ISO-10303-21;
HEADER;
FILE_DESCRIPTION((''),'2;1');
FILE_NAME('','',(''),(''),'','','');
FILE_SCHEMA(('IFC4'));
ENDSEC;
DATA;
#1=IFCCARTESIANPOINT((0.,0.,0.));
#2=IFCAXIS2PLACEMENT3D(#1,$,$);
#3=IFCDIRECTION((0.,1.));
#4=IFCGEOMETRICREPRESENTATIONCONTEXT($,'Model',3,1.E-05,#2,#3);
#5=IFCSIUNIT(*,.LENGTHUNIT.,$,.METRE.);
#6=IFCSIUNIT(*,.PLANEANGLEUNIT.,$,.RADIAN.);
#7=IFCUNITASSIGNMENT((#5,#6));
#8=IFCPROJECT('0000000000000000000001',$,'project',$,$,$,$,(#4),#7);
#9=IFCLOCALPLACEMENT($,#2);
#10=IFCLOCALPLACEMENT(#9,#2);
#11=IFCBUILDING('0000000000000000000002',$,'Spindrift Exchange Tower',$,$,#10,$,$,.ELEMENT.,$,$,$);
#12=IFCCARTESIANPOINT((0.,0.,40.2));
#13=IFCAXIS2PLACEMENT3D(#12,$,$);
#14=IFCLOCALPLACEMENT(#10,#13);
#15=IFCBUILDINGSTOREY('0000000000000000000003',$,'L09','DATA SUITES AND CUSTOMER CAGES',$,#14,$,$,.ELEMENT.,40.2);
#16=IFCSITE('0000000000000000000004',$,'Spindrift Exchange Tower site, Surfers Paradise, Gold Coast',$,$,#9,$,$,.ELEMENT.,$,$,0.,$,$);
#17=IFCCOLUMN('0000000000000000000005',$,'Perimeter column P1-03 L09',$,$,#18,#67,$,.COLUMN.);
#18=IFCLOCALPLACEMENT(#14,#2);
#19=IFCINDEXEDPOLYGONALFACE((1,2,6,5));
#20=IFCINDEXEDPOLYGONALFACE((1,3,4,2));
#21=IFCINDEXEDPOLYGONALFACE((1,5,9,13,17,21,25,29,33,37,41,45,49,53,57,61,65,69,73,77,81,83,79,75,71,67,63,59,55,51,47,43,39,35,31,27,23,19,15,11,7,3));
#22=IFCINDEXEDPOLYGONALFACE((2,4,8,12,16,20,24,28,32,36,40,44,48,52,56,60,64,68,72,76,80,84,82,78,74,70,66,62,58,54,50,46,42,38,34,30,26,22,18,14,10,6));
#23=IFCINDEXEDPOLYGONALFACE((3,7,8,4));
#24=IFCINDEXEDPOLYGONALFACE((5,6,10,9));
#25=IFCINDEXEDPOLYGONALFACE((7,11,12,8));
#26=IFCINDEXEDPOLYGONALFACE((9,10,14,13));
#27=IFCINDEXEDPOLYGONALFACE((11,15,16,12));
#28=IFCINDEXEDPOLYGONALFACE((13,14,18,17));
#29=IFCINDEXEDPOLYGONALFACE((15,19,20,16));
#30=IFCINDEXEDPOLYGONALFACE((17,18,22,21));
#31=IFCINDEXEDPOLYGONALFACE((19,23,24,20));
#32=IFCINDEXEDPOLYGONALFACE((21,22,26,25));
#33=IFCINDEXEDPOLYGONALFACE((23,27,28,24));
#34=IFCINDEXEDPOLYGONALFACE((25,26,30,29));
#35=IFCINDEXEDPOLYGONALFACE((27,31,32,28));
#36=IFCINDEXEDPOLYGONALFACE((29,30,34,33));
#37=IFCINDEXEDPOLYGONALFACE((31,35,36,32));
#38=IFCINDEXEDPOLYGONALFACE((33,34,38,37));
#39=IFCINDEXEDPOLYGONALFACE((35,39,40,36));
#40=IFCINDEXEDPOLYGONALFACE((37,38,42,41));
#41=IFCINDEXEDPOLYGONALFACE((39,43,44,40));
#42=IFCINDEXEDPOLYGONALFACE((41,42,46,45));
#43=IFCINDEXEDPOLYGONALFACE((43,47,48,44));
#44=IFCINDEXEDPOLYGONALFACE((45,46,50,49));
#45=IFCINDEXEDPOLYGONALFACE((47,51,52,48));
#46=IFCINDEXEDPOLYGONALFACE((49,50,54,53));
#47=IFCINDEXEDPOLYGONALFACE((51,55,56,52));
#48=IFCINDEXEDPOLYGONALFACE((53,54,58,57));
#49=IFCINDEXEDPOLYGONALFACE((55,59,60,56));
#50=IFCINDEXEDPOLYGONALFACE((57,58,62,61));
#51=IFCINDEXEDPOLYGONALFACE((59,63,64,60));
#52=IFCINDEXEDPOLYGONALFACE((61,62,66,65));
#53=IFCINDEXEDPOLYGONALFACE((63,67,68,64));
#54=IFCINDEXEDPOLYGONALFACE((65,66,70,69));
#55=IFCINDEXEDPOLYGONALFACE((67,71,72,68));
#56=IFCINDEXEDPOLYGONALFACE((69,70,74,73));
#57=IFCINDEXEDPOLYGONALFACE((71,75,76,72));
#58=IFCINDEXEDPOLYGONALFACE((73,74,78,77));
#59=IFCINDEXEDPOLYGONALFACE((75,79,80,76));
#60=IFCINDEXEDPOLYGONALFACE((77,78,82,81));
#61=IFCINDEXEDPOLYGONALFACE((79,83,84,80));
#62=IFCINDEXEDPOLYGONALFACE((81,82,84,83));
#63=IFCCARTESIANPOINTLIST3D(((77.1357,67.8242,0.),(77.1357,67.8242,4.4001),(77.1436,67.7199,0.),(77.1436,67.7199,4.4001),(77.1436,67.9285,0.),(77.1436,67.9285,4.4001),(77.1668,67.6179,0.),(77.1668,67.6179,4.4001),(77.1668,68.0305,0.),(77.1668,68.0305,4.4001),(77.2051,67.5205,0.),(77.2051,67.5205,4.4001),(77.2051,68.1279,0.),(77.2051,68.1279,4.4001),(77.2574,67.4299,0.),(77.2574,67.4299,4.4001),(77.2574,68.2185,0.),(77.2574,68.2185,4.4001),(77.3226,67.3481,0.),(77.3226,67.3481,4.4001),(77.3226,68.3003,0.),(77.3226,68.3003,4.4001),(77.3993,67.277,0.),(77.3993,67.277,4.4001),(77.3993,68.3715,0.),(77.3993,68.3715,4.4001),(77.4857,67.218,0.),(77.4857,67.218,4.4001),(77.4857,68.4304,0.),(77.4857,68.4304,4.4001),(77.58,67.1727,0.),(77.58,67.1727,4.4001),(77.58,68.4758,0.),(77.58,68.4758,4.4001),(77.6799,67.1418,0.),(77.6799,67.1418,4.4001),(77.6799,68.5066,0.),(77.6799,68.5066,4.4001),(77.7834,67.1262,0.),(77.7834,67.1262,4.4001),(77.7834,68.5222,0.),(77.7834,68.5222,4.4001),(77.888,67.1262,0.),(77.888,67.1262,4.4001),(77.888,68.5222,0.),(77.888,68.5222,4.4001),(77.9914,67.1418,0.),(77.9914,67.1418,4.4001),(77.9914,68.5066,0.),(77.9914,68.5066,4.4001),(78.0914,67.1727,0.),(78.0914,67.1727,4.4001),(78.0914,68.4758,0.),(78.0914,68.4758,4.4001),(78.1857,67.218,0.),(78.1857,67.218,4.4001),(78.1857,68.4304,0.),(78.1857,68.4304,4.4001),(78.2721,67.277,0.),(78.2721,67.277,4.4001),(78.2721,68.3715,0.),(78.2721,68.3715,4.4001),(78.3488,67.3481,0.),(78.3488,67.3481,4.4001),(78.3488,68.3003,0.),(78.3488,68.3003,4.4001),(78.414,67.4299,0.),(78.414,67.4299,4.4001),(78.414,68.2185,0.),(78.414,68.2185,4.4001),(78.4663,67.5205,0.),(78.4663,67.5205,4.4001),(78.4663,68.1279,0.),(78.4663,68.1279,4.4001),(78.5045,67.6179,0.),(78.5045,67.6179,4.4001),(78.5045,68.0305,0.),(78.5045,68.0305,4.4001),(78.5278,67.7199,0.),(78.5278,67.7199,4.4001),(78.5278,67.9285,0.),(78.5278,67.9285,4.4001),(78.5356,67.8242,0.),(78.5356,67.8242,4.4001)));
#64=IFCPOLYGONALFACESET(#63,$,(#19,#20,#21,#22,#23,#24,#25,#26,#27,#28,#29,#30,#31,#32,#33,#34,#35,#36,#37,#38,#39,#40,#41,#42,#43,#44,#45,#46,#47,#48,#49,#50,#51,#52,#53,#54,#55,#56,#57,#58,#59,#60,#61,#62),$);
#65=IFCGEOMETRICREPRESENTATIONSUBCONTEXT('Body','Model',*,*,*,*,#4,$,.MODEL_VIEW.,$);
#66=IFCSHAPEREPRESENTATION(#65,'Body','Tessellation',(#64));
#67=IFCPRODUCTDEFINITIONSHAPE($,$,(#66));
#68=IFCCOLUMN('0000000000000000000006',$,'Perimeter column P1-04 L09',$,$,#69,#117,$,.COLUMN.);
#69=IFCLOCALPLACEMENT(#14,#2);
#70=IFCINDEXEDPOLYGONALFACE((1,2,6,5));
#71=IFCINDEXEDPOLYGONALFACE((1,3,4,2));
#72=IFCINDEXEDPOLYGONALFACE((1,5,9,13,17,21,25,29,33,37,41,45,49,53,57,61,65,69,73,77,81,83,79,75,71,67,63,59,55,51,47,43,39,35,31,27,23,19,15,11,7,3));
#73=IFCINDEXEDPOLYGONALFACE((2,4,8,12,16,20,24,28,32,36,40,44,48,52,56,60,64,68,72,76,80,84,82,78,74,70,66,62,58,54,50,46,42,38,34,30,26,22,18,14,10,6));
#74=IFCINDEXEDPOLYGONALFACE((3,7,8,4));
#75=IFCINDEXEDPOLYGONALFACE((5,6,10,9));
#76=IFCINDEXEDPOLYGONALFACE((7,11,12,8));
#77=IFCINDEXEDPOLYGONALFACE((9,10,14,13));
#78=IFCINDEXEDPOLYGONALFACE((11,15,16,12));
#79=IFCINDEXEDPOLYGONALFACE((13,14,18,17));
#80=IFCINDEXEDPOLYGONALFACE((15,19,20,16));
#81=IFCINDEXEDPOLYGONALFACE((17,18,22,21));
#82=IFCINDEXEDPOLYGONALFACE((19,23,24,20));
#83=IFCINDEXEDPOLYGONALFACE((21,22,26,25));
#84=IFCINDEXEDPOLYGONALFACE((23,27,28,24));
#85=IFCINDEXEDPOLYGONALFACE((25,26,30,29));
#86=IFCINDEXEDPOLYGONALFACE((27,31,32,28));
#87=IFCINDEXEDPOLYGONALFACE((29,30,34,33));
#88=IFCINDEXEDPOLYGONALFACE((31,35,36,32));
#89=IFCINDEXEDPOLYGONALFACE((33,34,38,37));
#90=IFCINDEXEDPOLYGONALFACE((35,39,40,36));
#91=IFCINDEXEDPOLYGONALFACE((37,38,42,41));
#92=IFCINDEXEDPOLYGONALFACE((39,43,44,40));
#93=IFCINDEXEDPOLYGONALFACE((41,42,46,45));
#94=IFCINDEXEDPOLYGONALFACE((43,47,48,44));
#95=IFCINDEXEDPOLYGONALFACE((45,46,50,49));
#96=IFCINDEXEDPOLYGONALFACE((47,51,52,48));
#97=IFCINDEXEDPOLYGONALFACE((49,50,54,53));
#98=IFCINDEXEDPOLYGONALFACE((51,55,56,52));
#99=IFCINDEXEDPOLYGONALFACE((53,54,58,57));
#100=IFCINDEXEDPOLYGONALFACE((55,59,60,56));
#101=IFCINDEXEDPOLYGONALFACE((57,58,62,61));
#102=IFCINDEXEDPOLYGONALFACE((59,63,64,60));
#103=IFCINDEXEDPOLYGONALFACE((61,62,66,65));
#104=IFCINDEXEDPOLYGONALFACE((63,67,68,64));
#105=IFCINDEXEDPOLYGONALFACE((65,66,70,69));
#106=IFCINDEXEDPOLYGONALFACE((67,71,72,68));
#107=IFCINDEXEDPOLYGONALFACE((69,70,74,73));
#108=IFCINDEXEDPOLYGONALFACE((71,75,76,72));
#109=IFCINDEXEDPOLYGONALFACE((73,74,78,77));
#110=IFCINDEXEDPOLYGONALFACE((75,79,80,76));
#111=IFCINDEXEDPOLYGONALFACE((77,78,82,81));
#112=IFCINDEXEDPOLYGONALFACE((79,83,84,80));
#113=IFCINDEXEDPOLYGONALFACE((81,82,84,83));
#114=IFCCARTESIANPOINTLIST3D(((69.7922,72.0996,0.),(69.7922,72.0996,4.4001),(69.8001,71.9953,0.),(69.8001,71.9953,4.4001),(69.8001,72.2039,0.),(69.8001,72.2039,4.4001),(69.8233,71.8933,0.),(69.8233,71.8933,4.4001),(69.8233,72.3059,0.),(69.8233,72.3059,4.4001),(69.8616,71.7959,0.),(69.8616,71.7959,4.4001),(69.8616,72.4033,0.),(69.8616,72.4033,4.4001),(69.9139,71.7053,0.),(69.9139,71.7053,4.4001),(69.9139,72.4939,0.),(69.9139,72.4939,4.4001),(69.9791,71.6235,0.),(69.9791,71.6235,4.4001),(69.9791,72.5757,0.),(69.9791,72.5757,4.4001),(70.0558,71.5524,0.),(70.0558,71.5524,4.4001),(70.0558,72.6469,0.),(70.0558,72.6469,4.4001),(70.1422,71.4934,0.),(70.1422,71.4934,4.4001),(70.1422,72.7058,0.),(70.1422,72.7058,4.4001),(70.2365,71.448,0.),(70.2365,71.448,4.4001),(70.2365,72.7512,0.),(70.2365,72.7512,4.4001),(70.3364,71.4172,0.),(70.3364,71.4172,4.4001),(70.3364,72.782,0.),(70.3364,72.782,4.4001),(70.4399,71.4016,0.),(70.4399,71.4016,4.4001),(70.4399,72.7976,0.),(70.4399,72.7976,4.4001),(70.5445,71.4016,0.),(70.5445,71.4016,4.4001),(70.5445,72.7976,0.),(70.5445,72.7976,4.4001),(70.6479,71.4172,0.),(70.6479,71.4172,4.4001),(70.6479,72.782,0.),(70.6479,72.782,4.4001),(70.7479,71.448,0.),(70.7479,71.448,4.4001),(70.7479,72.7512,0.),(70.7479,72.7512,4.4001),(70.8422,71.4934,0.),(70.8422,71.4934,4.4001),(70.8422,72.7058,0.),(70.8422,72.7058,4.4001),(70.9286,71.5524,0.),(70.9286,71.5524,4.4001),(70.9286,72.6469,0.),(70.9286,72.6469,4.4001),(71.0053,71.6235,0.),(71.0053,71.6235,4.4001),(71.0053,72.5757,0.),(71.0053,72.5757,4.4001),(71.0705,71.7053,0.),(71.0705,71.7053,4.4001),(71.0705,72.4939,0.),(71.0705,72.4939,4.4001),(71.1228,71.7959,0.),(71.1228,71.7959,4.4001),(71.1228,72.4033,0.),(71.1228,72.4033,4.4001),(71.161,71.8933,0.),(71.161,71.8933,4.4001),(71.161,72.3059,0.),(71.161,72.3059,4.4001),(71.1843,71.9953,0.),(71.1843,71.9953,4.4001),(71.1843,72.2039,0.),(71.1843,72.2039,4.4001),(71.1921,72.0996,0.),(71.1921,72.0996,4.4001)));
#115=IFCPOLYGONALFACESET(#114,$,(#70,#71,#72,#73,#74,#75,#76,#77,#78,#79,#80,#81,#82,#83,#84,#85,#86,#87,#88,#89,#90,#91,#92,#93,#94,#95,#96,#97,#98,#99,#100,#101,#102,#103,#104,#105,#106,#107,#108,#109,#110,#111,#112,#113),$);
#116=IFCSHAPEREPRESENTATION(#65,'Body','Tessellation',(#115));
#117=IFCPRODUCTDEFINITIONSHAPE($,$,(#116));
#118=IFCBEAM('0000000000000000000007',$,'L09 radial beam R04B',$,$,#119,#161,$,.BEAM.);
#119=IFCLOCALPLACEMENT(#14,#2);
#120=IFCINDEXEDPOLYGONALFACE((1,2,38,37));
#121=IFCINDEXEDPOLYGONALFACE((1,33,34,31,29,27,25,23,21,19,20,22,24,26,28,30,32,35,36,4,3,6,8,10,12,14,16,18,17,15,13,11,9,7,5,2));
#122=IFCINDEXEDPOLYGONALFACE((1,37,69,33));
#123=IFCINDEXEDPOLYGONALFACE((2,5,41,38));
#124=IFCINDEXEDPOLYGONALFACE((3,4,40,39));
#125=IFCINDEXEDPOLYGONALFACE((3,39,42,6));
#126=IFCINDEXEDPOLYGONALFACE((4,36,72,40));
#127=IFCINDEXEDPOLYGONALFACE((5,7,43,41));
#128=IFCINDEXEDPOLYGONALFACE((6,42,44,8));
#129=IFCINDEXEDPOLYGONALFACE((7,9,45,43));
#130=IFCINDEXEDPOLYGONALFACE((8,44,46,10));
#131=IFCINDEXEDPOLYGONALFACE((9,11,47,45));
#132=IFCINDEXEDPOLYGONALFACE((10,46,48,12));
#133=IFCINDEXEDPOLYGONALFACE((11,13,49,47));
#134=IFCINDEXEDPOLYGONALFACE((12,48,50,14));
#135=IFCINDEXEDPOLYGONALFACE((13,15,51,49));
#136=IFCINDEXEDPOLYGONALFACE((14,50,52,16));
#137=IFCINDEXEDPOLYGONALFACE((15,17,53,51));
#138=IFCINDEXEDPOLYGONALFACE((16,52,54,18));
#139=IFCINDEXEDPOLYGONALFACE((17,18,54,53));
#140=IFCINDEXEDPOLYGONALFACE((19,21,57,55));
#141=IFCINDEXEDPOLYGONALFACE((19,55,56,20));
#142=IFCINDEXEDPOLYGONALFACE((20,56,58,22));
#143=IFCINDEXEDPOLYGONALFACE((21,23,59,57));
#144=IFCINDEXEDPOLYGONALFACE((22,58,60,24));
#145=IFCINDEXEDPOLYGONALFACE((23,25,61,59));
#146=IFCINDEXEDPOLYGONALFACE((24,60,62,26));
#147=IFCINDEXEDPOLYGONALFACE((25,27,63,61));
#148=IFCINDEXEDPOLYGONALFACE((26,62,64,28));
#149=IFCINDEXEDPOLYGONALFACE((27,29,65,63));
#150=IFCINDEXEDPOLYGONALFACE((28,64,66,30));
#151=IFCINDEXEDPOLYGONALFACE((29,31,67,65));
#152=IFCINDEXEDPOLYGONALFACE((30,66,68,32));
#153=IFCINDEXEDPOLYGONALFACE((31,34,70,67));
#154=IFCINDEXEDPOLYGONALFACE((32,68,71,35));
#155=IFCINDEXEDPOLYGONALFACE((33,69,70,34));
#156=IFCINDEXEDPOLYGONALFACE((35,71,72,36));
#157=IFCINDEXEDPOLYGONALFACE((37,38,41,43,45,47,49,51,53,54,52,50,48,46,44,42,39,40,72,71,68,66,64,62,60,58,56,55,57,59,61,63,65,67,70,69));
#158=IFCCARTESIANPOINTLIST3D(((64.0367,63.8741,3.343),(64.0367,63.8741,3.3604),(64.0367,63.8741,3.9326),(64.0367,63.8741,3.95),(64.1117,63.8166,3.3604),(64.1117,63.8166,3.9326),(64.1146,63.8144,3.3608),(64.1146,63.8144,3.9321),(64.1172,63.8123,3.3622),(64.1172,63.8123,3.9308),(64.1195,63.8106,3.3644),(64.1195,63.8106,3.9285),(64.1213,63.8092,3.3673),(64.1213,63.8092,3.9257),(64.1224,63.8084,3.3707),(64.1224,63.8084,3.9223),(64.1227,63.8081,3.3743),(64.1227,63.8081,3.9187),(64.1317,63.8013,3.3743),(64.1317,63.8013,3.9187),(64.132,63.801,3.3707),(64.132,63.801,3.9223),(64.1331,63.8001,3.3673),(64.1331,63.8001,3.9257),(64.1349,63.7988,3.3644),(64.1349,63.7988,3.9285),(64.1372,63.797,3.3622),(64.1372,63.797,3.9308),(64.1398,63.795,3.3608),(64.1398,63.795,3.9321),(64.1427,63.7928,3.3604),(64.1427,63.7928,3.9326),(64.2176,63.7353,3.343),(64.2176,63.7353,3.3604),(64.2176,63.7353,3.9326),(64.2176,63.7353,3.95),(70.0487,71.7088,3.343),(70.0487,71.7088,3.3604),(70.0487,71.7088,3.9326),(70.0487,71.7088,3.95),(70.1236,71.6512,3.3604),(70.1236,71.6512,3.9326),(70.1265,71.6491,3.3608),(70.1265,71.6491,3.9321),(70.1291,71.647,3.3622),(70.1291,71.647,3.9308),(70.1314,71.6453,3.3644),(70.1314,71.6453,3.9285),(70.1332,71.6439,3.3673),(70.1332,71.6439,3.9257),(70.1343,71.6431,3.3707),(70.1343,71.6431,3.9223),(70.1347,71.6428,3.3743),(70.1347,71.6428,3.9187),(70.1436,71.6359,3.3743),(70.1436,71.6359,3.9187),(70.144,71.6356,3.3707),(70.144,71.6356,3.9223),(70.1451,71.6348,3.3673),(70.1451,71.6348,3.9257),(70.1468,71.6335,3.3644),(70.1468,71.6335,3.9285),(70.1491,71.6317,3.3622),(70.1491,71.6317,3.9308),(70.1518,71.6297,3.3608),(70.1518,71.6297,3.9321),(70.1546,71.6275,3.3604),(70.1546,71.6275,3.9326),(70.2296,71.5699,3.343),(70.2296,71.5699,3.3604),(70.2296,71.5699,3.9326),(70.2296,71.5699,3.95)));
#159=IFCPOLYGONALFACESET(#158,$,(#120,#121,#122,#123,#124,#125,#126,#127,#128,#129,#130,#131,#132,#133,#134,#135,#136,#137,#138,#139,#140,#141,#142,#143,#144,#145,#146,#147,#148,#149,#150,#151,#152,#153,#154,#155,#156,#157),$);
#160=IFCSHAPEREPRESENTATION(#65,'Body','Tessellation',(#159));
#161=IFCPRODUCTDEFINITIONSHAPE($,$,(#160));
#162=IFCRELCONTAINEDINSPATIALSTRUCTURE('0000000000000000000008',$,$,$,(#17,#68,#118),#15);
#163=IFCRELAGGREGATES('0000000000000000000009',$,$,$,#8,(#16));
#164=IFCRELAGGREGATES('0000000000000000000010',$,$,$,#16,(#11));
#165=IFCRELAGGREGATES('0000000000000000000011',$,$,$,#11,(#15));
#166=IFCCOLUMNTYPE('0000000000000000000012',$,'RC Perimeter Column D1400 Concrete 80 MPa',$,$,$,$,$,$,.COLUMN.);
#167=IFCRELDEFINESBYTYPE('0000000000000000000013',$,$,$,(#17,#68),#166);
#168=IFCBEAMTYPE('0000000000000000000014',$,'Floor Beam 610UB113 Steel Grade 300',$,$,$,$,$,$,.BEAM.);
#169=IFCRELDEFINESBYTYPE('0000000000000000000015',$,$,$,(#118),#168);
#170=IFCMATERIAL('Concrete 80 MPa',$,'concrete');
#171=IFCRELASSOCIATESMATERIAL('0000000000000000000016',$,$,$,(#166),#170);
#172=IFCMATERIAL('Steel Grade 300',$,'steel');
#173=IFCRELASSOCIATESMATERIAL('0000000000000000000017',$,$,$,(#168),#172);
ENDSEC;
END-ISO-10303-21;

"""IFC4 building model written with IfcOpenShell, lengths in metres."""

from ifc_helpers import new_model, si_unit, direction, frame, origin, origin_2d, place, context, subcontext, project, spatial, circle, i_section, extrude, source, transform, mapped, material, material_profile, profile_set, type_object, element, save


model = new_model("IFC4")

# Units and contexts
model_context = context("Model", 3, precision=1e-05, world=origin(), true_north=direction((0.0, 1.0)))
body_context = subcontext(model_context, "Body", "Model", "MODEL_VIEW")
ifc_project = project(units=[si_unit("LENGTHUNIT", "METRE"), si_unit("PLANEANGLEUNIT", "RADIAN")], contexts=[model_context])

# Site, building, storey
site_placement = place(None, origin())
site = spatial("IfcSite", under=ifc_project, at=site_placement, Name="Spindrift Exchange Tower site, Surfers Paradise, Gold Coast", CompositionType="ELEMENT", RefElevation=0.0)
building_placement = place(site_placement, origin())
building = spatial("IfcBuilding", under=site, at=building_placement, Name="Spindrift Exchange Tower", CompositionType="ELEMENT")
storey_placement = place(building_placement, frame((0.0, 0.0, 40.2)))
storey = spatial("IfcBuildingStorey", under=building, at=storey_placement, Name="L09", Description="DATA SUITES AND CUSTOMER CAGES", CompositionType="ELEMENT", Elevation=40.2)

# Columns
ifc_material_1 = material(Name="Concrete 80 MPa", Category="concrete")
ifc_material_profile_1 = material_profile(ifc_material_1, circle(Radius=0.7, at=origin_2d()), Name="RC D1400")
ifc_profile_set_1 = profile_set([ifc_material_profile_1], Name="Concrete 80 MPa")
column_type = type_object("IfcColumnType", Name="RC Perimeter Column D1400 Concrete 80 MPa", PredefinedType="COLUMN", material=ifc_profile_set_1)
shared_shape_1 = source(origin(), body_context, "Body", "SweptSolid", [
    extrude(circle(Radius=0.7, at=origin_2d()), origin(), (0.0, 0.0, 1.0), 4.4001),
])
for number, where, z_axis, x_axis, name in (
    (1, (77.8357, 67.8242, 0.0), (0.0, 0.0, 1.0), (1.0, 0.0, 0.0), "Perimeter column P1-03 L09"),
    (2, (70.4922, 72.0996, 0.0), (0.0, 0.0, 1.0), (1.0, 0.0, 0.0), "Perimeter column P1-04 L09"),
):
    element("IfcColumn", number, at=place(storey_placement, frame(where, z_axis=z_axis, x_axis=x_axis)), inside=storey, type_object=column_type, Name=name, PredefinedType="COLUMN", context=body_context, shape_type="MappedRepresentation", body=[
        mapped(shared_shape_1, transform((0.0, 0.0, 0.0), scale=1.0)),
    ])

# Beam
ifc_material_2 = material(Name="Steel Grade 300", Category="steel")
ifc_material_profile_2 = material_profile(ifc_material_2, i_section(OverallWidth=0.228, OverallDepth=0.6069, WebThickness=0.0112, FlangeThickness=0.0173, FilletRadius=0.0139, at=origin_2d()), Name="610UB113")
ifc_profile_set_2 = profile_set([ifc_material_profile_2], Name="Steel Grade 300")
beam_type_1 = type_object("IfcBeamType", Name="Floor Beam 610UB113 Steel Grade 300", PredefinedType="BEAM", material=ifc_profile_set_2)
shared_shape_2 = source(origin(), body_context, "Body", "SweptSolid", [
    extrude(i_section(OverallWidth=0.228, OverallDepth=0.6069, WebThickness=0.0112, FlangeThickness=0.0173, FilletRadius=0.0139, at=origin_2d()), origin(), (0.0, 0.0, 1.0), 9.8755),
])
beam_1_placement = place(storey_placement, frame((64.1272, 63.8047, 3.6465), z_axis=(0.608772, 0.793345, 0.0), x_axis=(-0.793345, 0.608772, 0.0)))
element("IfcBeam", 3, at=beam_1_placement, inside=storey, type_object=beam_type_1, Name="L09 radial beam R04B", PredefinedType="BEAM", context=body_context, shape_type="MappedRepresentation", body=[
    mapped(shared_shape_2, transform((0.0, 0.0, 0.0), scale=1.0)),
])

save(model, "model.ifc")
